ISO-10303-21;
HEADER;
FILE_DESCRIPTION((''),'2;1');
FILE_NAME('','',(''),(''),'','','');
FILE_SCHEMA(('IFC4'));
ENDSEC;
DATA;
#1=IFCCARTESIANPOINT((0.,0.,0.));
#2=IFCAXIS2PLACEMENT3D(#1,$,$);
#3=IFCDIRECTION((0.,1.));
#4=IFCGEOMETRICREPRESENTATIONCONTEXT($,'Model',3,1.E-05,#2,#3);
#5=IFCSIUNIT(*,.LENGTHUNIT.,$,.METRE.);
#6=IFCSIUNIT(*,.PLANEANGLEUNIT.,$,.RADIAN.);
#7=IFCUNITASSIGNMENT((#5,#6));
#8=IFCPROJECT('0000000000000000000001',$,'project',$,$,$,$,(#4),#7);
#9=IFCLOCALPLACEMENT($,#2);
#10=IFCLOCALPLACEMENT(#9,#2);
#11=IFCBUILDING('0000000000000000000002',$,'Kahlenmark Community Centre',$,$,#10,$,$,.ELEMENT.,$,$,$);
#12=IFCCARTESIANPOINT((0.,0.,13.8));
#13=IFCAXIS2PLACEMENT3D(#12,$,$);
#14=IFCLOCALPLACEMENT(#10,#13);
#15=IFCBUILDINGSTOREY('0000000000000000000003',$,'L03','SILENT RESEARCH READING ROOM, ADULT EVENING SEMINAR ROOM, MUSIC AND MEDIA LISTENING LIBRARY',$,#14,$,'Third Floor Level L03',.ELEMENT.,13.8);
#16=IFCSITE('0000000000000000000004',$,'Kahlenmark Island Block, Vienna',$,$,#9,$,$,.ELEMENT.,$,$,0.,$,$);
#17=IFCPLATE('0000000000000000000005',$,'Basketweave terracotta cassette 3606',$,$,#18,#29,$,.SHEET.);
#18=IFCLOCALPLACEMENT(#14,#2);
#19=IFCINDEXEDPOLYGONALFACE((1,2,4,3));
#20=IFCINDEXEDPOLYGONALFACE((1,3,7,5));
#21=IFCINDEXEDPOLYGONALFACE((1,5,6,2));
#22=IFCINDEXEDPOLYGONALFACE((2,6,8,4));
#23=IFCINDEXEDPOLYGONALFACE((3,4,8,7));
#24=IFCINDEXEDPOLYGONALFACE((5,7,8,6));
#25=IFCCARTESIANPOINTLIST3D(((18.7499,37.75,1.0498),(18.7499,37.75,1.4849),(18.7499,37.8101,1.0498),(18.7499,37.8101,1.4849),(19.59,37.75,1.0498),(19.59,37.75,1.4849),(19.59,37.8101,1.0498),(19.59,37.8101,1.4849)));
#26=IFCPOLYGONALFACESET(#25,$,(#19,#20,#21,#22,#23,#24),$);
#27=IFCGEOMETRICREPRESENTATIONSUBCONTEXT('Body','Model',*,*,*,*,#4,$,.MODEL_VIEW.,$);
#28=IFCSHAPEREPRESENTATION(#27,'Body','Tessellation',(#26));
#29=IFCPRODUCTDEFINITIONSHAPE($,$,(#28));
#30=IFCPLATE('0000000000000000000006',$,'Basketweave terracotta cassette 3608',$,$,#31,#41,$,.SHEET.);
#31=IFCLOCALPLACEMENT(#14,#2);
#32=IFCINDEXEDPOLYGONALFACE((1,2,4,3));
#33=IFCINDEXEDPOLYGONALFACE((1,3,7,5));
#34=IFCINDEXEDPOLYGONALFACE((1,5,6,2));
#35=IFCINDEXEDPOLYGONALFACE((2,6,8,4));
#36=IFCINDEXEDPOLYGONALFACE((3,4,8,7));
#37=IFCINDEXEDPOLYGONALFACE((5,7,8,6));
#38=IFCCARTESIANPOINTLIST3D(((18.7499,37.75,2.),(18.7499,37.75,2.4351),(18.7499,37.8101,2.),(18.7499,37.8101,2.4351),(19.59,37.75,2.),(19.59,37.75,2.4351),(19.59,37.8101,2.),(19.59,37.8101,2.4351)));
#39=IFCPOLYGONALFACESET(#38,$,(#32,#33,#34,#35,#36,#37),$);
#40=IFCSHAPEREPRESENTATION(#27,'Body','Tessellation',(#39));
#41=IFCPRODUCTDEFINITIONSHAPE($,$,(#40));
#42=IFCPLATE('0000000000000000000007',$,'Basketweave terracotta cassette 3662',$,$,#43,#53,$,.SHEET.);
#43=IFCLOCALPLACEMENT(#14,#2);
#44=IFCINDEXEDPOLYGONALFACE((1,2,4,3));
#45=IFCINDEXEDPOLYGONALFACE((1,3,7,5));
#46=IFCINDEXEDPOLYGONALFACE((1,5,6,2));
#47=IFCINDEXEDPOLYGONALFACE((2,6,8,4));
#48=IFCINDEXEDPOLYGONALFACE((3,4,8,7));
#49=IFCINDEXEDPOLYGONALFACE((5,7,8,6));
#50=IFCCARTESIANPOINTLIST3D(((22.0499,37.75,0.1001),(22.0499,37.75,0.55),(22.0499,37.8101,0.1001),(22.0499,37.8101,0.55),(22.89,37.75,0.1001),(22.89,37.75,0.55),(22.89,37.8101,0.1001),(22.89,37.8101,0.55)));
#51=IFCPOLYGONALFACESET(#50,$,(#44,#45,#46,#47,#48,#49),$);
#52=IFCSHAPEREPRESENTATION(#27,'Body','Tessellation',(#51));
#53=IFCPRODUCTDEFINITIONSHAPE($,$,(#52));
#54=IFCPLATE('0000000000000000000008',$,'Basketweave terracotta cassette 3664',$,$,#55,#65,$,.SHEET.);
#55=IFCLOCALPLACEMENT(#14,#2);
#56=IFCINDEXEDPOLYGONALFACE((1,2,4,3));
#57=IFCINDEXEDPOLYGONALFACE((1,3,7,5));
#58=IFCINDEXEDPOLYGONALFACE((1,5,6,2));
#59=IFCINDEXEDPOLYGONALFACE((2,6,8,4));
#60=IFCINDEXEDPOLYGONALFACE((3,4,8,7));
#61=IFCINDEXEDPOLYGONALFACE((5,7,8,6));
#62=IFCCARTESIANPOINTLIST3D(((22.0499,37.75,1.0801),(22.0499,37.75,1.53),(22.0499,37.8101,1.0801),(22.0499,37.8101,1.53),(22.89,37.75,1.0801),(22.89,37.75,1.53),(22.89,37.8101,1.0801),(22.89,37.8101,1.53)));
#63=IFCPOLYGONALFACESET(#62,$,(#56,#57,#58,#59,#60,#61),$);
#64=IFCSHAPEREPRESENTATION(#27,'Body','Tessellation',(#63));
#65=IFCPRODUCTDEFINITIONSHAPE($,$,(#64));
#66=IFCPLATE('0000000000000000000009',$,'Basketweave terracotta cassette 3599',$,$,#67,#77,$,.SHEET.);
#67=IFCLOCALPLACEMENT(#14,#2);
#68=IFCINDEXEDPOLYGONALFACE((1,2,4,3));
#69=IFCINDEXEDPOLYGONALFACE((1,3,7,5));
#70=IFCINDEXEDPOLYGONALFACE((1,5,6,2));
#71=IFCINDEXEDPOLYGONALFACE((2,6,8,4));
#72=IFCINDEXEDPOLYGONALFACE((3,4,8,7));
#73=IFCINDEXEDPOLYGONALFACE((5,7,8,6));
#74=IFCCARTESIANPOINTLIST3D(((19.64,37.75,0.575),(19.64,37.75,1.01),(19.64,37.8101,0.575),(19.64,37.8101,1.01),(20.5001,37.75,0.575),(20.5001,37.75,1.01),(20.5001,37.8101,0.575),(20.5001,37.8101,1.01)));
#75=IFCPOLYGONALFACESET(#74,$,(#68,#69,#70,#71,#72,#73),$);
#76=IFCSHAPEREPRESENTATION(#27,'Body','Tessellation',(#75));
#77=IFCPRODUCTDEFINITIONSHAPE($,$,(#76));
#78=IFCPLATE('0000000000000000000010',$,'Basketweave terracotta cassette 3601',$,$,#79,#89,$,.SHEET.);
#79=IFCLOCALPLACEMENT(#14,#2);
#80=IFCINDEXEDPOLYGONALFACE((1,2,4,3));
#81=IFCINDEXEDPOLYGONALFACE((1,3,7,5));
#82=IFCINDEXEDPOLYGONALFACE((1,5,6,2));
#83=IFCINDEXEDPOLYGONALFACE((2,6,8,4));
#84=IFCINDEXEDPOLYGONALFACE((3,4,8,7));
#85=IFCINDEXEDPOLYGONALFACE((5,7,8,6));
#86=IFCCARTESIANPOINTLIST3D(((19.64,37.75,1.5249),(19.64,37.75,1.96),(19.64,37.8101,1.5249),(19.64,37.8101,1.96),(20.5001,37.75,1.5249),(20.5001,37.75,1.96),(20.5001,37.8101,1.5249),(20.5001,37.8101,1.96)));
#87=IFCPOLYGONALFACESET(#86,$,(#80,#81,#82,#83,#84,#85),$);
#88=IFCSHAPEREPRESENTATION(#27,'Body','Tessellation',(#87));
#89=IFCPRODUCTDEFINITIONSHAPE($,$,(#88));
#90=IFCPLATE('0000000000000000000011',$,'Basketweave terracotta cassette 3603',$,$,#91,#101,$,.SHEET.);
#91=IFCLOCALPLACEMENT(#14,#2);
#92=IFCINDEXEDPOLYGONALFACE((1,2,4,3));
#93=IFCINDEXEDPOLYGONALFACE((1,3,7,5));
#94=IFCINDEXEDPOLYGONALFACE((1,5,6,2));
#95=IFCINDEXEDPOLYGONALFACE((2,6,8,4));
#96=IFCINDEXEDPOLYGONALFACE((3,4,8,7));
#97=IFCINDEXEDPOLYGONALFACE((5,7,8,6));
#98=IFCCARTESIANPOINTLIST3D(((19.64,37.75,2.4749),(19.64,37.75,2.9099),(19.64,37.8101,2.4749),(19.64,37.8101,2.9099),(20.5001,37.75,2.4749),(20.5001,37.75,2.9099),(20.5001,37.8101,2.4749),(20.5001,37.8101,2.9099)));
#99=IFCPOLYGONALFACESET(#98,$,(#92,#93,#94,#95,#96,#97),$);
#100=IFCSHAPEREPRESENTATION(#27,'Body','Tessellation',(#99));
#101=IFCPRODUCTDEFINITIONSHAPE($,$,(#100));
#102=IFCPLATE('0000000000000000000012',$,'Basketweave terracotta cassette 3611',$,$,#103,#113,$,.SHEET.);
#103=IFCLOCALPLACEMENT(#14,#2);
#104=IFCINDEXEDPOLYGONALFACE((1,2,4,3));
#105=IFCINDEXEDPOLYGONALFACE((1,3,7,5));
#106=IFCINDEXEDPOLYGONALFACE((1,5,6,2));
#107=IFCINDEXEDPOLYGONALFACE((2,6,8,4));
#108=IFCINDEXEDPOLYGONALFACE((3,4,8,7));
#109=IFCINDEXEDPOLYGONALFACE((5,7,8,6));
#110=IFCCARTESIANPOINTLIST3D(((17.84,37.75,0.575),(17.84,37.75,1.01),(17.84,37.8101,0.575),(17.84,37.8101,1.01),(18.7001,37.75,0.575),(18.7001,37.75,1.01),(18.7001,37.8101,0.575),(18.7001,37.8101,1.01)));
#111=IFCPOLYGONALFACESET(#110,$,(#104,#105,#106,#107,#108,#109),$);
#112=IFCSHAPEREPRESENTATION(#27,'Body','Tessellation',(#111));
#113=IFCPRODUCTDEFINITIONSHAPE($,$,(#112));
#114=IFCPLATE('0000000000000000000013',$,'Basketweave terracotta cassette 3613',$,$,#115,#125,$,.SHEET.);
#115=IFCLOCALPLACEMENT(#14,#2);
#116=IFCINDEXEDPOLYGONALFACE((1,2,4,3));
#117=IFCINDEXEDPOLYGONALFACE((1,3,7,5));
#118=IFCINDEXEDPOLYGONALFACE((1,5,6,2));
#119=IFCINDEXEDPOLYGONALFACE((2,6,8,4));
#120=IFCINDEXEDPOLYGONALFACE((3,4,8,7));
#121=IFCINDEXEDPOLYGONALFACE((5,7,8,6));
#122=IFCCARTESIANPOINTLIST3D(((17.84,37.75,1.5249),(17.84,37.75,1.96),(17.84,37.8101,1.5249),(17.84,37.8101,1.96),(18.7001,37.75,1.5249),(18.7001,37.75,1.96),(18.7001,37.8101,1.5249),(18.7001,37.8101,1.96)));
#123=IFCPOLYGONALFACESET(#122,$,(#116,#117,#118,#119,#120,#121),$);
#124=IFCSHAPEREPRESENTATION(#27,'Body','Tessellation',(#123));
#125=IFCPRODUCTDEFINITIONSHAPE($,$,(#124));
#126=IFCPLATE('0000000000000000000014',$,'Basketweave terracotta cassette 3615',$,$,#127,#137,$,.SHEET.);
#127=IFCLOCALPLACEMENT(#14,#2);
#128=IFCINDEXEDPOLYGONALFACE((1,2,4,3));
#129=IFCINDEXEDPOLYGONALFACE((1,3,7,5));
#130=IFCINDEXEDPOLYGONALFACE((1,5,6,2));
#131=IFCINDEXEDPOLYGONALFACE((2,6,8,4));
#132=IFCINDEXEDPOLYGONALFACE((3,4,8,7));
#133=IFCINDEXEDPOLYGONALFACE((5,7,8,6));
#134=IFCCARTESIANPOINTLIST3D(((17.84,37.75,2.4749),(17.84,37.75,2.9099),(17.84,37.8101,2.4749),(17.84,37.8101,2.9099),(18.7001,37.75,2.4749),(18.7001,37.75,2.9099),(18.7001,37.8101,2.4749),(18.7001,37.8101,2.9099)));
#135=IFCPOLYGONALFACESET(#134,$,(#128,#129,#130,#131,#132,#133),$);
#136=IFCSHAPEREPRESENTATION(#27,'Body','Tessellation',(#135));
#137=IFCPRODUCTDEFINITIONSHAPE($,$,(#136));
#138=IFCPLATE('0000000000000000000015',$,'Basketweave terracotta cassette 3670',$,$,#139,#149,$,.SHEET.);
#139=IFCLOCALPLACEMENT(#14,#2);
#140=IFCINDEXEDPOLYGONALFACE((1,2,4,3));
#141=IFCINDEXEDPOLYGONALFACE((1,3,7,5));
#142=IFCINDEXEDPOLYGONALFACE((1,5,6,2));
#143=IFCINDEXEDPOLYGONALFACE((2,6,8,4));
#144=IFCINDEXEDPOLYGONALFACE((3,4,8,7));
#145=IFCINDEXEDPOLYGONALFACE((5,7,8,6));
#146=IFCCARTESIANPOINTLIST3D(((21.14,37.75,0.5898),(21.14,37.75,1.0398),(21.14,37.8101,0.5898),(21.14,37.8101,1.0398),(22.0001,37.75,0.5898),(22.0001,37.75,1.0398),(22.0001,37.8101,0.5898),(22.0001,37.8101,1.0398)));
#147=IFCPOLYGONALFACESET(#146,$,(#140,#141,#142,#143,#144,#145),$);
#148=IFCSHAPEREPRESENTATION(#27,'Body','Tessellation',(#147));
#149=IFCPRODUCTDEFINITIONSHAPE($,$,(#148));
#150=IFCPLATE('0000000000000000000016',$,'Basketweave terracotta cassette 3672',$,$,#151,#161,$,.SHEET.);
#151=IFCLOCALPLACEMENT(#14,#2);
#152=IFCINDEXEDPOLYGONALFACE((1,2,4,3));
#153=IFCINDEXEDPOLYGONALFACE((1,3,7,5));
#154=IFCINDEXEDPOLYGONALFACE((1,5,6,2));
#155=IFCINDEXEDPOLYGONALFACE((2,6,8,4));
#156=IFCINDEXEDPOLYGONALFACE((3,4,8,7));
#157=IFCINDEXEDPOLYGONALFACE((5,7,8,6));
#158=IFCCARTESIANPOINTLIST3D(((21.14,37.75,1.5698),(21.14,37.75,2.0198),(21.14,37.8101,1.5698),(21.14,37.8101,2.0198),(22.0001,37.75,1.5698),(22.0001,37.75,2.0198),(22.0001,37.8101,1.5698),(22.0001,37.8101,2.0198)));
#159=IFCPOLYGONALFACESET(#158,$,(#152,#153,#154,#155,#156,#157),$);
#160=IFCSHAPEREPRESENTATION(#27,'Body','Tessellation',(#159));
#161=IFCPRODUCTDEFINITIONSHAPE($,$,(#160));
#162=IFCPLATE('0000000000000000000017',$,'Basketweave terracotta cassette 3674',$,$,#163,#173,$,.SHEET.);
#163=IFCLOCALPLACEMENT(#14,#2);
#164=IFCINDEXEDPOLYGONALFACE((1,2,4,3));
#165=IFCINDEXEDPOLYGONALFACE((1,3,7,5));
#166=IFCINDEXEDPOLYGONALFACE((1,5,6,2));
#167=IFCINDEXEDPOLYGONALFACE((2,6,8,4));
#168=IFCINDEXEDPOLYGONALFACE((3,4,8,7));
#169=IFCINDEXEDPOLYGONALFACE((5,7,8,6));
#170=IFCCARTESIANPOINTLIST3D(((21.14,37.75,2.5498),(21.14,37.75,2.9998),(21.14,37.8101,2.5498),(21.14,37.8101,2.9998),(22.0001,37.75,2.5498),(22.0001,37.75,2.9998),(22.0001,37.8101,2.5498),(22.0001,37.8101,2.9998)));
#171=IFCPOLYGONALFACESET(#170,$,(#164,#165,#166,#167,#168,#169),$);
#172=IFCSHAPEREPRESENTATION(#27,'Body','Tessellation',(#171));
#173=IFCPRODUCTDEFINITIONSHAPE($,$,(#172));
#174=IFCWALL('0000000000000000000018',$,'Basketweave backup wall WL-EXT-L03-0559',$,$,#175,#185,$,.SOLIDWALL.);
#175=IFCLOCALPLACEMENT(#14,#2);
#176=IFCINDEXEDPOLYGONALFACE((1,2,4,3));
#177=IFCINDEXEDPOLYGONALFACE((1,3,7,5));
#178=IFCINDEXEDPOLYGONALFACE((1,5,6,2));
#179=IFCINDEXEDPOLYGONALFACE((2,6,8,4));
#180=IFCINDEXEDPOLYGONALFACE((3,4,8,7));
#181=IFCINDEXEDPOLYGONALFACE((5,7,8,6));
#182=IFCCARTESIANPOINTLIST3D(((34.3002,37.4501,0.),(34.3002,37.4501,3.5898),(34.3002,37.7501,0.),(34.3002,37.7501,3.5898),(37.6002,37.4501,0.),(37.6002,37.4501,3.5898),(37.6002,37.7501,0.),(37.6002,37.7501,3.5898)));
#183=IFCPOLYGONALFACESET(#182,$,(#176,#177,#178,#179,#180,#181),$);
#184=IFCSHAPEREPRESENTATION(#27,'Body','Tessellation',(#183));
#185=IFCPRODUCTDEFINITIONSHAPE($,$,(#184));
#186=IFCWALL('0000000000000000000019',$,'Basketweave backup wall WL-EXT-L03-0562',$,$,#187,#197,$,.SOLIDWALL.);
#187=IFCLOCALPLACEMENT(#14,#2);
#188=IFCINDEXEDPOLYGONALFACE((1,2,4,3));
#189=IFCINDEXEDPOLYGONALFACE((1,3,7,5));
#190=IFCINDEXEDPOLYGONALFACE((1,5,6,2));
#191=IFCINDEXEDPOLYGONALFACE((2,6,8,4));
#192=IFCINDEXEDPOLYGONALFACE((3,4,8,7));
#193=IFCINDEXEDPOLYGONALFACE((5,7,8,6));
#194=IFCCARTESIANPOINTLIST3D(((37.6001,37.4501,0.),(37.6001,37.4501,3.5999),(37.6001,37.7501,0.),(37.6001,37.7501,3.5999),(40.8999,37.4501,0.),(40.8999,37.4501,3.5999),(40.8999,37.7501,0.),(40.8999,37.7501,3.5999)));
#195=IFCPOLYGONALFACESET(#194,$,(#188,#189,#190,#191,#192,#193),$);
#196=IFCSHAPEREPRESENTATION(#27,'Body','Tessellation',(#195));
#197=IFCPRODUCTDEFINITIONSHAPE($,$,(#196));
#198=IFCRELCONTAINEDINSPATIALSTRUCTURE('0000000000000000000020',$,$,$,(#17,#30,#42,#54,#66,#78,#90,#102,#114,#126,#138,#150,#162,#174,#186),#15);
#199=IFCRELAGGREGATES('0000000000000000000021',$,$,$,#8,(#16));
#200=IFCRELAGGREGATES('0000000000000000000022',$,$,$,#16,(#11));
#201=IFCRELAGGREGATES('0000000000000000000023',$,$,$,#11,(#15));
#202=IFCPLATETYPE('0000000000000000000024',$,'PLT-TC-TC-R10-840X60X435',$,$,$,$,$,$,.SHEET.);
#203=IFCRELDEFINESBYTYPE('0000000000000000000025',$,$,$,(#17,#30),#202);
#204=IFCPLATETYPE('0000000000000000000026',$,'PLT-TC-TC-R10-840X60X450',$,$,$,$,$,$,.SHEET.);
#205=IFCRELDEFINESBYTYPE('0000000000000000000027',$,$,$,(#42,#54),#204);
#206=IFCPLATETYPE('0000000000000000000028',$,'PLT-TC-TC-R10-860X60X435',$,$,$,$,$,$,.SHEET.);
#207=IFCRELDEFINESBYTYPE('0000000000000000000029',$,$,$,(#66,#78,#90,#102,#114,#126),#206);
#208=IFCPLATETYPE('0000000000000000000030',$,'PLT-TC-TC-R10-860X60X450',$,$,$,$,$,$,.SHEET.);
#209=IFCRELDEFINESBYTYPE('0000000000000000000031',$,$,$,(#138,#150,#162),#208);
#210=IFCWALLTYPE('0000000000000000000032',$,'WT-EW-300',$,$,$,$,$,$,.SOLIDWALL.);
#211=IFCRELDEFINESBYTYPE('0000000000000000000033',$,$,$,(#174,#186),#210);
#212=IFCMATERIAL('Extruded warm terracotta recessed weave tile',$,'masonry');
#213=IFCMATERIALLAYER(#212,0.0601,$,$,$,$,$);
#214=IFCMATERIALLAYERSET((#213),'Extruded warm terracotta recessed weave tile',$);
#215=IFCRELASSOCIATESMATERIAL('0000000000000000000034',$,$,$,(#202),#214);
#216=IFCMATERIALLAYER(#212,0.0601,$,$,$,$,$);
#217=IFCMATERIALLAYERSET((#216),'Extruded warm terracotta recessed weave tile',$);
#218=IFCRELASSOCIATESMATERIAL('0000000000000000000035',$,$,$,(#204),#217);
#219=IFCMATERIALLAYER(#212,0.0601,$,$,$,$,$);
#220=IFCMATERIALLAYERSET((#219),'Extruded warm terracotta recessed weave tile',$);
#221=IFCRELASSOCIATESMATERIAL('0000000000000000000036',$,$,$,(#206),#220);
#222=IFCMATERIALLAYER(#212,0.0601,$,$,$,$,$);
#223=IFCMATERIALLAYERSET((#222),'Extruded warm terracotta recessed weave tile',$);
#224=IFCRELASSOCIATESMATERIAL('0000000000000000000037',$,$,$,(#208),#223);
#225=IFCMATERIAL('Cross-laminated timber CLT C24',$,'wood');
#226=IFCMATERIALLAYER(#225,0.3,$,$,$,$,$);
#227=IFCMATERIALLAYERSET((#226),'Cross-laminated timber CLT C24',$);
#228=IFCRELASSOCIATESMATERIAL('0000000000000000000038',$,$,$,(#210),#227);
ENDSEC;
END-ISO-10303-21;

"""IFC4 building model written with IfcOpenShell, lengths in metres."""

from ifc_helpers import new_model, si_unit, direction, frame, frame_2d, origin, origin_2d, place, context, subcontext, project, spatial, rectangle, extrude, material, layer, layer_set, type_object, element, save


model = new_model("IFC4")

# Units and contexts
model_context = context("Model", 3, precision=1e-05, world=origin(), true_north=direction((0.0, 1.0)))
body_context = subcontext(model_context, "Body", "Model", "MODEL_VIEW")
ifc_project = project(units=[si_unit("LENGTHUNIT", "METRE"), si_unit("PLANEANGLEUNIT", "RADIAN")], contexts=[model_context])

# Site, building, storey
site_placement = place(None, origin())
site = spatial("IfcSite", under=ifc_project, at=site_placement, Name="Kahlenmark Island Block, Vienna", CompositionType="ELEMENT", RefElevation=0.0)
building_placement = place(site_placement, origin())
building = spatial("IfcBuilding", under=site, at=building_placement, Name="Kahlenmark Community Centre", CompositionType="ELEMENT")
storey_placement = place(building_placement, frame((0.0, 0.0, 13.8)))
storey = spatial("IfcBuildingStorey", under=building, at=storey_placement, Name="L03", Description="SILENT RESEARCH READING ROOM, ADULT EVENING SEMINAR ROOM, MUSIC AND MEDIA LISTENING LIBRARY", LongName="Third Floor Level L03", CompositionType="ELEMENT", Elevation=13.8)

# Plates
ifc_material_1 = material(Name="Extruded warm terracotta recessed weave tile", Category="masonry")
ifc_layer_1 = layer(ifc_material_1, 0.0601)
ifc_layer_set_1 = layer_set([ifc_layer_1], Name="Extruded warm terracotta recessed weave tile")
plate_type_1 = type_object("IfcPlateType", Name="PLT-TC-TC-R10-840X60X435", PredefinedType="SHEET", material=ifc_layer_set_1)
for number, where, z_axis, x_axis, name in (
    (1, (19.1699, 37.78, 1.0498), (0.0, 0.0, 1.0), (-1.0, 0.0, 0.0), "Basketweave terracotta cassette 3606"),
    (2, (19.1699, 37.78, 2.0), (0.0, 0.0, 1.0), (-1.0, 0.0, 0.0), "Basketweave terracotta cassette 3608"),
):
    element("IfcPlate", number, at=place(storey_placement, frame(where, z_axis=z_axis, x_axis=x_axis)), inside=storey, type_object=plate_type_1, Name=name, PredefinedType="SHEET", context=body_context, shape_type="SweptSolid", body=[
        extrude(rectangle(XDim=0.8401, YDim=0.0601, at=origin_2d()), origin(), (0.0, 0.0, 1.0), 0.4351),
    ])
ifc_layer_2 = layer(ifc_material_1, 0.0601)
ifc_layer_set_2 = layer_set([ifc_layer_2], Name="Extruded warm terracotta recessed weave tile")
plate_type_2 = type_object("IfcPlateType", Name="PLT-TC-TC-R10-840X60X450", PredefinedType="SHEET", material=ifc_layer_set_2)
for number, where, z_axis, x_axis, name in (
    (3, (22.47, 37.78, 0.1001), (0.0, 0.0, 1.0), (-1.0, 0.0, 0.0), "Basketweave terracotta cassette 3662"),
    (4, (22.47, 37.78, 1.0801), (0.0, 0.0, 1.0), (-1.0, 0.0, 0.0), "Basketweave terracotta cassette 3664"),
):
    element("IfcPlate", number, at=place(storey_placement, frame(where, z_axis=z_axis, x_axis=x_axis)), inside=storey, type_object=plate_type_2, Name=name, PredefinedType="SHEET", context=body_context, shape_type="SweptSolid", body=[
        extrude(rectangle(XDim=0.8401, YDim=0.0601, at=origin_2d()), origin(), (0.0, 0.0, 1.0), 0.45),
    ])
ifc_layer_3 = layer(ifc_material_1, 0.0601)
ifc_layer_set_3 = layer_set([ifc_layer_3], Name="Extruded warm terracotta recessed weave tile")
plate_type_3 = type_object("IfcPlateType", Name="PLT-TC-TC-R10-860X60X435", PredefinedType="SHEET", material=ifc_layer_set_3)
for number, where, z_axis, x_axis, name in (
    (5, (20.0701, 37.78, 0.575), (0.0, 0.0, 1.0), (-1.0, 0.0, 0.0), "Basketweave terracotta cassette 3599"),
    (6, (20.0701, 37.78, 1.5249), (0.0, 0.0, 1.0), (-1.0, 0.0, 0.0), "Basketweave terracotta cassette 3601"),
    (7, (20.0701, 37.78, 2.4749), (0.0, 0.0, 1.0), (-1.0, 0.0, 0.0), "Basketweave terracotta cassette 3603"),
    (8, (18.27, 37.78, 0.575), (0.0, 0.0, 1.0), (-1.0, 0.0, 0.0), "Basketweave terracotta cassette 3611"),
    (9, (18.27, 37.78, 1.5249), (0.0, 0.0, 1.0), (-1.0, 0.0, 0.0), "Basketweave terracotta cassette 3613"),
    (10, (18.27, 37.78, 2.4749), (0.0, 0.0, 1.0), (-1.0, 0.0, 0.0), "Basketweave terracotta cassette 3615"),
):
    element("IfcPlate", number, at=place(storey_placement, frame(where, z_axis=z_axis, x_axis=x_axis)), inside=storey, type_object=plate_type_3, Name=name, PredefinedType="SHEET", context=body_context, shape_type="SweptSolid", body=[
        extrude(rectangle(XDim=0.8601, YDim=0.0601, at=origin_2d()), origin(), (0.0, 0.0, 1.0), 0.4351),
    ])
ifc_layer_4 = layer(ifc_material_1, 0.0601)
ifc_layer_set_4 = layer_set([ifc_layer_4], Name="Extruded warm terracotta recessed weave tile")
plate_type_4 = type_object("IfcPlateType", Name="PLT-TC-TC-R10-860X60X450", PredefinedType="SHEET", material=ifc_layer_set_4)
for number, where, z_axis, x_axis, name in (
    (11, (21.5701, 37.78, 0.5898), (0.0, 0.0, 1.0), (-1.0, 0.0, 0.0), "Basketweave terracotta cassette 3670"),
    (12, (21.5701, 37.78, 1.5698), (0.0, 0.0, 1.0), (-1.0, 0.0, 0.0), "Basketweave terracotta cassette 3672"),
    (13, (21.5701, 37.78, 2.5498), (0.0, 0.0, 1.0), (-1.0, 0.0, 0.0), "Basketweave terracotta cassette 3674"),
):
    element("IfcPlate", number, at=place(storey_placement, frame(where, z_axis=z_axis, x_axis=x_axis)), inside=storey, type_object=plate_type_4, Name=name, PredefinedType="SHEET", context=body_context, shape_type="SweptSolid", body=[
        extrude(rectangle(XDim=0.8601, YDim=0.0601, at=origin_2d()), origin(), (0.0, 0.0, 1.0), 0.45),
    ])

# Walls
ifc_material_2 = material(Name="Cross-laminated timber CLT C24", Category="wood")
ifc_layer_5 = layer(ifc_material_2, 0.3)
ifc_layer_set_5 = layer_set([ifc_layer_5], Name="Cross-laminated timber CLT C24")
wall_type = type_object("IfcWallType", Name="WT-EW-300", PredefinedType="SOLIDWALL", material=ifc_layer_set_5)
wall_1_placement = place(storey_placement, frame((37.6001, 37.6001, 0.0), z_axis=(0.0, 0.0, 1.0), x_axis=(-1.0, 0.0, 0.0)))
element("IfcWall", 14, at=wall_1_placement, inside=storey, type_object=wall_type, Name="Basketweave backup wall WL-EXT-L03-0559", PredefinedType="SOLIDWALL", context=body_context, shape_type="SweptSolid", body=[
    extrude(rectangle(XDim=3.3, YDim=0.3, at=frame_2d((1.6499, 0.0))), origin(), (0.0, 0.0, 1.0), 3.5898),
])
wall_2_placement = place(storey_placement, frame((40.8999, 37.6001, 0.0), z_axis=(0.0, 0.0, 1.0), x_axis=(-1.0, 0.0, 0.0)))
element("IfcWall", 15, at=wall_2_placement, inside=storey, type_object=wall_type, Name="Basketweave backup wall WL-EXT-L03-0562", PredefinedType="SOLIDWALL", context=body_context, shape_type="SweptSolid", body=[
    extrude(rectangle(XDim=3.2998, YDim=0.3, at=frame_2d((1.6499, 0.0))), origin(), (0.0, 0.0, 1.0), 3.5999),
])

save(model, "model.ifc")
